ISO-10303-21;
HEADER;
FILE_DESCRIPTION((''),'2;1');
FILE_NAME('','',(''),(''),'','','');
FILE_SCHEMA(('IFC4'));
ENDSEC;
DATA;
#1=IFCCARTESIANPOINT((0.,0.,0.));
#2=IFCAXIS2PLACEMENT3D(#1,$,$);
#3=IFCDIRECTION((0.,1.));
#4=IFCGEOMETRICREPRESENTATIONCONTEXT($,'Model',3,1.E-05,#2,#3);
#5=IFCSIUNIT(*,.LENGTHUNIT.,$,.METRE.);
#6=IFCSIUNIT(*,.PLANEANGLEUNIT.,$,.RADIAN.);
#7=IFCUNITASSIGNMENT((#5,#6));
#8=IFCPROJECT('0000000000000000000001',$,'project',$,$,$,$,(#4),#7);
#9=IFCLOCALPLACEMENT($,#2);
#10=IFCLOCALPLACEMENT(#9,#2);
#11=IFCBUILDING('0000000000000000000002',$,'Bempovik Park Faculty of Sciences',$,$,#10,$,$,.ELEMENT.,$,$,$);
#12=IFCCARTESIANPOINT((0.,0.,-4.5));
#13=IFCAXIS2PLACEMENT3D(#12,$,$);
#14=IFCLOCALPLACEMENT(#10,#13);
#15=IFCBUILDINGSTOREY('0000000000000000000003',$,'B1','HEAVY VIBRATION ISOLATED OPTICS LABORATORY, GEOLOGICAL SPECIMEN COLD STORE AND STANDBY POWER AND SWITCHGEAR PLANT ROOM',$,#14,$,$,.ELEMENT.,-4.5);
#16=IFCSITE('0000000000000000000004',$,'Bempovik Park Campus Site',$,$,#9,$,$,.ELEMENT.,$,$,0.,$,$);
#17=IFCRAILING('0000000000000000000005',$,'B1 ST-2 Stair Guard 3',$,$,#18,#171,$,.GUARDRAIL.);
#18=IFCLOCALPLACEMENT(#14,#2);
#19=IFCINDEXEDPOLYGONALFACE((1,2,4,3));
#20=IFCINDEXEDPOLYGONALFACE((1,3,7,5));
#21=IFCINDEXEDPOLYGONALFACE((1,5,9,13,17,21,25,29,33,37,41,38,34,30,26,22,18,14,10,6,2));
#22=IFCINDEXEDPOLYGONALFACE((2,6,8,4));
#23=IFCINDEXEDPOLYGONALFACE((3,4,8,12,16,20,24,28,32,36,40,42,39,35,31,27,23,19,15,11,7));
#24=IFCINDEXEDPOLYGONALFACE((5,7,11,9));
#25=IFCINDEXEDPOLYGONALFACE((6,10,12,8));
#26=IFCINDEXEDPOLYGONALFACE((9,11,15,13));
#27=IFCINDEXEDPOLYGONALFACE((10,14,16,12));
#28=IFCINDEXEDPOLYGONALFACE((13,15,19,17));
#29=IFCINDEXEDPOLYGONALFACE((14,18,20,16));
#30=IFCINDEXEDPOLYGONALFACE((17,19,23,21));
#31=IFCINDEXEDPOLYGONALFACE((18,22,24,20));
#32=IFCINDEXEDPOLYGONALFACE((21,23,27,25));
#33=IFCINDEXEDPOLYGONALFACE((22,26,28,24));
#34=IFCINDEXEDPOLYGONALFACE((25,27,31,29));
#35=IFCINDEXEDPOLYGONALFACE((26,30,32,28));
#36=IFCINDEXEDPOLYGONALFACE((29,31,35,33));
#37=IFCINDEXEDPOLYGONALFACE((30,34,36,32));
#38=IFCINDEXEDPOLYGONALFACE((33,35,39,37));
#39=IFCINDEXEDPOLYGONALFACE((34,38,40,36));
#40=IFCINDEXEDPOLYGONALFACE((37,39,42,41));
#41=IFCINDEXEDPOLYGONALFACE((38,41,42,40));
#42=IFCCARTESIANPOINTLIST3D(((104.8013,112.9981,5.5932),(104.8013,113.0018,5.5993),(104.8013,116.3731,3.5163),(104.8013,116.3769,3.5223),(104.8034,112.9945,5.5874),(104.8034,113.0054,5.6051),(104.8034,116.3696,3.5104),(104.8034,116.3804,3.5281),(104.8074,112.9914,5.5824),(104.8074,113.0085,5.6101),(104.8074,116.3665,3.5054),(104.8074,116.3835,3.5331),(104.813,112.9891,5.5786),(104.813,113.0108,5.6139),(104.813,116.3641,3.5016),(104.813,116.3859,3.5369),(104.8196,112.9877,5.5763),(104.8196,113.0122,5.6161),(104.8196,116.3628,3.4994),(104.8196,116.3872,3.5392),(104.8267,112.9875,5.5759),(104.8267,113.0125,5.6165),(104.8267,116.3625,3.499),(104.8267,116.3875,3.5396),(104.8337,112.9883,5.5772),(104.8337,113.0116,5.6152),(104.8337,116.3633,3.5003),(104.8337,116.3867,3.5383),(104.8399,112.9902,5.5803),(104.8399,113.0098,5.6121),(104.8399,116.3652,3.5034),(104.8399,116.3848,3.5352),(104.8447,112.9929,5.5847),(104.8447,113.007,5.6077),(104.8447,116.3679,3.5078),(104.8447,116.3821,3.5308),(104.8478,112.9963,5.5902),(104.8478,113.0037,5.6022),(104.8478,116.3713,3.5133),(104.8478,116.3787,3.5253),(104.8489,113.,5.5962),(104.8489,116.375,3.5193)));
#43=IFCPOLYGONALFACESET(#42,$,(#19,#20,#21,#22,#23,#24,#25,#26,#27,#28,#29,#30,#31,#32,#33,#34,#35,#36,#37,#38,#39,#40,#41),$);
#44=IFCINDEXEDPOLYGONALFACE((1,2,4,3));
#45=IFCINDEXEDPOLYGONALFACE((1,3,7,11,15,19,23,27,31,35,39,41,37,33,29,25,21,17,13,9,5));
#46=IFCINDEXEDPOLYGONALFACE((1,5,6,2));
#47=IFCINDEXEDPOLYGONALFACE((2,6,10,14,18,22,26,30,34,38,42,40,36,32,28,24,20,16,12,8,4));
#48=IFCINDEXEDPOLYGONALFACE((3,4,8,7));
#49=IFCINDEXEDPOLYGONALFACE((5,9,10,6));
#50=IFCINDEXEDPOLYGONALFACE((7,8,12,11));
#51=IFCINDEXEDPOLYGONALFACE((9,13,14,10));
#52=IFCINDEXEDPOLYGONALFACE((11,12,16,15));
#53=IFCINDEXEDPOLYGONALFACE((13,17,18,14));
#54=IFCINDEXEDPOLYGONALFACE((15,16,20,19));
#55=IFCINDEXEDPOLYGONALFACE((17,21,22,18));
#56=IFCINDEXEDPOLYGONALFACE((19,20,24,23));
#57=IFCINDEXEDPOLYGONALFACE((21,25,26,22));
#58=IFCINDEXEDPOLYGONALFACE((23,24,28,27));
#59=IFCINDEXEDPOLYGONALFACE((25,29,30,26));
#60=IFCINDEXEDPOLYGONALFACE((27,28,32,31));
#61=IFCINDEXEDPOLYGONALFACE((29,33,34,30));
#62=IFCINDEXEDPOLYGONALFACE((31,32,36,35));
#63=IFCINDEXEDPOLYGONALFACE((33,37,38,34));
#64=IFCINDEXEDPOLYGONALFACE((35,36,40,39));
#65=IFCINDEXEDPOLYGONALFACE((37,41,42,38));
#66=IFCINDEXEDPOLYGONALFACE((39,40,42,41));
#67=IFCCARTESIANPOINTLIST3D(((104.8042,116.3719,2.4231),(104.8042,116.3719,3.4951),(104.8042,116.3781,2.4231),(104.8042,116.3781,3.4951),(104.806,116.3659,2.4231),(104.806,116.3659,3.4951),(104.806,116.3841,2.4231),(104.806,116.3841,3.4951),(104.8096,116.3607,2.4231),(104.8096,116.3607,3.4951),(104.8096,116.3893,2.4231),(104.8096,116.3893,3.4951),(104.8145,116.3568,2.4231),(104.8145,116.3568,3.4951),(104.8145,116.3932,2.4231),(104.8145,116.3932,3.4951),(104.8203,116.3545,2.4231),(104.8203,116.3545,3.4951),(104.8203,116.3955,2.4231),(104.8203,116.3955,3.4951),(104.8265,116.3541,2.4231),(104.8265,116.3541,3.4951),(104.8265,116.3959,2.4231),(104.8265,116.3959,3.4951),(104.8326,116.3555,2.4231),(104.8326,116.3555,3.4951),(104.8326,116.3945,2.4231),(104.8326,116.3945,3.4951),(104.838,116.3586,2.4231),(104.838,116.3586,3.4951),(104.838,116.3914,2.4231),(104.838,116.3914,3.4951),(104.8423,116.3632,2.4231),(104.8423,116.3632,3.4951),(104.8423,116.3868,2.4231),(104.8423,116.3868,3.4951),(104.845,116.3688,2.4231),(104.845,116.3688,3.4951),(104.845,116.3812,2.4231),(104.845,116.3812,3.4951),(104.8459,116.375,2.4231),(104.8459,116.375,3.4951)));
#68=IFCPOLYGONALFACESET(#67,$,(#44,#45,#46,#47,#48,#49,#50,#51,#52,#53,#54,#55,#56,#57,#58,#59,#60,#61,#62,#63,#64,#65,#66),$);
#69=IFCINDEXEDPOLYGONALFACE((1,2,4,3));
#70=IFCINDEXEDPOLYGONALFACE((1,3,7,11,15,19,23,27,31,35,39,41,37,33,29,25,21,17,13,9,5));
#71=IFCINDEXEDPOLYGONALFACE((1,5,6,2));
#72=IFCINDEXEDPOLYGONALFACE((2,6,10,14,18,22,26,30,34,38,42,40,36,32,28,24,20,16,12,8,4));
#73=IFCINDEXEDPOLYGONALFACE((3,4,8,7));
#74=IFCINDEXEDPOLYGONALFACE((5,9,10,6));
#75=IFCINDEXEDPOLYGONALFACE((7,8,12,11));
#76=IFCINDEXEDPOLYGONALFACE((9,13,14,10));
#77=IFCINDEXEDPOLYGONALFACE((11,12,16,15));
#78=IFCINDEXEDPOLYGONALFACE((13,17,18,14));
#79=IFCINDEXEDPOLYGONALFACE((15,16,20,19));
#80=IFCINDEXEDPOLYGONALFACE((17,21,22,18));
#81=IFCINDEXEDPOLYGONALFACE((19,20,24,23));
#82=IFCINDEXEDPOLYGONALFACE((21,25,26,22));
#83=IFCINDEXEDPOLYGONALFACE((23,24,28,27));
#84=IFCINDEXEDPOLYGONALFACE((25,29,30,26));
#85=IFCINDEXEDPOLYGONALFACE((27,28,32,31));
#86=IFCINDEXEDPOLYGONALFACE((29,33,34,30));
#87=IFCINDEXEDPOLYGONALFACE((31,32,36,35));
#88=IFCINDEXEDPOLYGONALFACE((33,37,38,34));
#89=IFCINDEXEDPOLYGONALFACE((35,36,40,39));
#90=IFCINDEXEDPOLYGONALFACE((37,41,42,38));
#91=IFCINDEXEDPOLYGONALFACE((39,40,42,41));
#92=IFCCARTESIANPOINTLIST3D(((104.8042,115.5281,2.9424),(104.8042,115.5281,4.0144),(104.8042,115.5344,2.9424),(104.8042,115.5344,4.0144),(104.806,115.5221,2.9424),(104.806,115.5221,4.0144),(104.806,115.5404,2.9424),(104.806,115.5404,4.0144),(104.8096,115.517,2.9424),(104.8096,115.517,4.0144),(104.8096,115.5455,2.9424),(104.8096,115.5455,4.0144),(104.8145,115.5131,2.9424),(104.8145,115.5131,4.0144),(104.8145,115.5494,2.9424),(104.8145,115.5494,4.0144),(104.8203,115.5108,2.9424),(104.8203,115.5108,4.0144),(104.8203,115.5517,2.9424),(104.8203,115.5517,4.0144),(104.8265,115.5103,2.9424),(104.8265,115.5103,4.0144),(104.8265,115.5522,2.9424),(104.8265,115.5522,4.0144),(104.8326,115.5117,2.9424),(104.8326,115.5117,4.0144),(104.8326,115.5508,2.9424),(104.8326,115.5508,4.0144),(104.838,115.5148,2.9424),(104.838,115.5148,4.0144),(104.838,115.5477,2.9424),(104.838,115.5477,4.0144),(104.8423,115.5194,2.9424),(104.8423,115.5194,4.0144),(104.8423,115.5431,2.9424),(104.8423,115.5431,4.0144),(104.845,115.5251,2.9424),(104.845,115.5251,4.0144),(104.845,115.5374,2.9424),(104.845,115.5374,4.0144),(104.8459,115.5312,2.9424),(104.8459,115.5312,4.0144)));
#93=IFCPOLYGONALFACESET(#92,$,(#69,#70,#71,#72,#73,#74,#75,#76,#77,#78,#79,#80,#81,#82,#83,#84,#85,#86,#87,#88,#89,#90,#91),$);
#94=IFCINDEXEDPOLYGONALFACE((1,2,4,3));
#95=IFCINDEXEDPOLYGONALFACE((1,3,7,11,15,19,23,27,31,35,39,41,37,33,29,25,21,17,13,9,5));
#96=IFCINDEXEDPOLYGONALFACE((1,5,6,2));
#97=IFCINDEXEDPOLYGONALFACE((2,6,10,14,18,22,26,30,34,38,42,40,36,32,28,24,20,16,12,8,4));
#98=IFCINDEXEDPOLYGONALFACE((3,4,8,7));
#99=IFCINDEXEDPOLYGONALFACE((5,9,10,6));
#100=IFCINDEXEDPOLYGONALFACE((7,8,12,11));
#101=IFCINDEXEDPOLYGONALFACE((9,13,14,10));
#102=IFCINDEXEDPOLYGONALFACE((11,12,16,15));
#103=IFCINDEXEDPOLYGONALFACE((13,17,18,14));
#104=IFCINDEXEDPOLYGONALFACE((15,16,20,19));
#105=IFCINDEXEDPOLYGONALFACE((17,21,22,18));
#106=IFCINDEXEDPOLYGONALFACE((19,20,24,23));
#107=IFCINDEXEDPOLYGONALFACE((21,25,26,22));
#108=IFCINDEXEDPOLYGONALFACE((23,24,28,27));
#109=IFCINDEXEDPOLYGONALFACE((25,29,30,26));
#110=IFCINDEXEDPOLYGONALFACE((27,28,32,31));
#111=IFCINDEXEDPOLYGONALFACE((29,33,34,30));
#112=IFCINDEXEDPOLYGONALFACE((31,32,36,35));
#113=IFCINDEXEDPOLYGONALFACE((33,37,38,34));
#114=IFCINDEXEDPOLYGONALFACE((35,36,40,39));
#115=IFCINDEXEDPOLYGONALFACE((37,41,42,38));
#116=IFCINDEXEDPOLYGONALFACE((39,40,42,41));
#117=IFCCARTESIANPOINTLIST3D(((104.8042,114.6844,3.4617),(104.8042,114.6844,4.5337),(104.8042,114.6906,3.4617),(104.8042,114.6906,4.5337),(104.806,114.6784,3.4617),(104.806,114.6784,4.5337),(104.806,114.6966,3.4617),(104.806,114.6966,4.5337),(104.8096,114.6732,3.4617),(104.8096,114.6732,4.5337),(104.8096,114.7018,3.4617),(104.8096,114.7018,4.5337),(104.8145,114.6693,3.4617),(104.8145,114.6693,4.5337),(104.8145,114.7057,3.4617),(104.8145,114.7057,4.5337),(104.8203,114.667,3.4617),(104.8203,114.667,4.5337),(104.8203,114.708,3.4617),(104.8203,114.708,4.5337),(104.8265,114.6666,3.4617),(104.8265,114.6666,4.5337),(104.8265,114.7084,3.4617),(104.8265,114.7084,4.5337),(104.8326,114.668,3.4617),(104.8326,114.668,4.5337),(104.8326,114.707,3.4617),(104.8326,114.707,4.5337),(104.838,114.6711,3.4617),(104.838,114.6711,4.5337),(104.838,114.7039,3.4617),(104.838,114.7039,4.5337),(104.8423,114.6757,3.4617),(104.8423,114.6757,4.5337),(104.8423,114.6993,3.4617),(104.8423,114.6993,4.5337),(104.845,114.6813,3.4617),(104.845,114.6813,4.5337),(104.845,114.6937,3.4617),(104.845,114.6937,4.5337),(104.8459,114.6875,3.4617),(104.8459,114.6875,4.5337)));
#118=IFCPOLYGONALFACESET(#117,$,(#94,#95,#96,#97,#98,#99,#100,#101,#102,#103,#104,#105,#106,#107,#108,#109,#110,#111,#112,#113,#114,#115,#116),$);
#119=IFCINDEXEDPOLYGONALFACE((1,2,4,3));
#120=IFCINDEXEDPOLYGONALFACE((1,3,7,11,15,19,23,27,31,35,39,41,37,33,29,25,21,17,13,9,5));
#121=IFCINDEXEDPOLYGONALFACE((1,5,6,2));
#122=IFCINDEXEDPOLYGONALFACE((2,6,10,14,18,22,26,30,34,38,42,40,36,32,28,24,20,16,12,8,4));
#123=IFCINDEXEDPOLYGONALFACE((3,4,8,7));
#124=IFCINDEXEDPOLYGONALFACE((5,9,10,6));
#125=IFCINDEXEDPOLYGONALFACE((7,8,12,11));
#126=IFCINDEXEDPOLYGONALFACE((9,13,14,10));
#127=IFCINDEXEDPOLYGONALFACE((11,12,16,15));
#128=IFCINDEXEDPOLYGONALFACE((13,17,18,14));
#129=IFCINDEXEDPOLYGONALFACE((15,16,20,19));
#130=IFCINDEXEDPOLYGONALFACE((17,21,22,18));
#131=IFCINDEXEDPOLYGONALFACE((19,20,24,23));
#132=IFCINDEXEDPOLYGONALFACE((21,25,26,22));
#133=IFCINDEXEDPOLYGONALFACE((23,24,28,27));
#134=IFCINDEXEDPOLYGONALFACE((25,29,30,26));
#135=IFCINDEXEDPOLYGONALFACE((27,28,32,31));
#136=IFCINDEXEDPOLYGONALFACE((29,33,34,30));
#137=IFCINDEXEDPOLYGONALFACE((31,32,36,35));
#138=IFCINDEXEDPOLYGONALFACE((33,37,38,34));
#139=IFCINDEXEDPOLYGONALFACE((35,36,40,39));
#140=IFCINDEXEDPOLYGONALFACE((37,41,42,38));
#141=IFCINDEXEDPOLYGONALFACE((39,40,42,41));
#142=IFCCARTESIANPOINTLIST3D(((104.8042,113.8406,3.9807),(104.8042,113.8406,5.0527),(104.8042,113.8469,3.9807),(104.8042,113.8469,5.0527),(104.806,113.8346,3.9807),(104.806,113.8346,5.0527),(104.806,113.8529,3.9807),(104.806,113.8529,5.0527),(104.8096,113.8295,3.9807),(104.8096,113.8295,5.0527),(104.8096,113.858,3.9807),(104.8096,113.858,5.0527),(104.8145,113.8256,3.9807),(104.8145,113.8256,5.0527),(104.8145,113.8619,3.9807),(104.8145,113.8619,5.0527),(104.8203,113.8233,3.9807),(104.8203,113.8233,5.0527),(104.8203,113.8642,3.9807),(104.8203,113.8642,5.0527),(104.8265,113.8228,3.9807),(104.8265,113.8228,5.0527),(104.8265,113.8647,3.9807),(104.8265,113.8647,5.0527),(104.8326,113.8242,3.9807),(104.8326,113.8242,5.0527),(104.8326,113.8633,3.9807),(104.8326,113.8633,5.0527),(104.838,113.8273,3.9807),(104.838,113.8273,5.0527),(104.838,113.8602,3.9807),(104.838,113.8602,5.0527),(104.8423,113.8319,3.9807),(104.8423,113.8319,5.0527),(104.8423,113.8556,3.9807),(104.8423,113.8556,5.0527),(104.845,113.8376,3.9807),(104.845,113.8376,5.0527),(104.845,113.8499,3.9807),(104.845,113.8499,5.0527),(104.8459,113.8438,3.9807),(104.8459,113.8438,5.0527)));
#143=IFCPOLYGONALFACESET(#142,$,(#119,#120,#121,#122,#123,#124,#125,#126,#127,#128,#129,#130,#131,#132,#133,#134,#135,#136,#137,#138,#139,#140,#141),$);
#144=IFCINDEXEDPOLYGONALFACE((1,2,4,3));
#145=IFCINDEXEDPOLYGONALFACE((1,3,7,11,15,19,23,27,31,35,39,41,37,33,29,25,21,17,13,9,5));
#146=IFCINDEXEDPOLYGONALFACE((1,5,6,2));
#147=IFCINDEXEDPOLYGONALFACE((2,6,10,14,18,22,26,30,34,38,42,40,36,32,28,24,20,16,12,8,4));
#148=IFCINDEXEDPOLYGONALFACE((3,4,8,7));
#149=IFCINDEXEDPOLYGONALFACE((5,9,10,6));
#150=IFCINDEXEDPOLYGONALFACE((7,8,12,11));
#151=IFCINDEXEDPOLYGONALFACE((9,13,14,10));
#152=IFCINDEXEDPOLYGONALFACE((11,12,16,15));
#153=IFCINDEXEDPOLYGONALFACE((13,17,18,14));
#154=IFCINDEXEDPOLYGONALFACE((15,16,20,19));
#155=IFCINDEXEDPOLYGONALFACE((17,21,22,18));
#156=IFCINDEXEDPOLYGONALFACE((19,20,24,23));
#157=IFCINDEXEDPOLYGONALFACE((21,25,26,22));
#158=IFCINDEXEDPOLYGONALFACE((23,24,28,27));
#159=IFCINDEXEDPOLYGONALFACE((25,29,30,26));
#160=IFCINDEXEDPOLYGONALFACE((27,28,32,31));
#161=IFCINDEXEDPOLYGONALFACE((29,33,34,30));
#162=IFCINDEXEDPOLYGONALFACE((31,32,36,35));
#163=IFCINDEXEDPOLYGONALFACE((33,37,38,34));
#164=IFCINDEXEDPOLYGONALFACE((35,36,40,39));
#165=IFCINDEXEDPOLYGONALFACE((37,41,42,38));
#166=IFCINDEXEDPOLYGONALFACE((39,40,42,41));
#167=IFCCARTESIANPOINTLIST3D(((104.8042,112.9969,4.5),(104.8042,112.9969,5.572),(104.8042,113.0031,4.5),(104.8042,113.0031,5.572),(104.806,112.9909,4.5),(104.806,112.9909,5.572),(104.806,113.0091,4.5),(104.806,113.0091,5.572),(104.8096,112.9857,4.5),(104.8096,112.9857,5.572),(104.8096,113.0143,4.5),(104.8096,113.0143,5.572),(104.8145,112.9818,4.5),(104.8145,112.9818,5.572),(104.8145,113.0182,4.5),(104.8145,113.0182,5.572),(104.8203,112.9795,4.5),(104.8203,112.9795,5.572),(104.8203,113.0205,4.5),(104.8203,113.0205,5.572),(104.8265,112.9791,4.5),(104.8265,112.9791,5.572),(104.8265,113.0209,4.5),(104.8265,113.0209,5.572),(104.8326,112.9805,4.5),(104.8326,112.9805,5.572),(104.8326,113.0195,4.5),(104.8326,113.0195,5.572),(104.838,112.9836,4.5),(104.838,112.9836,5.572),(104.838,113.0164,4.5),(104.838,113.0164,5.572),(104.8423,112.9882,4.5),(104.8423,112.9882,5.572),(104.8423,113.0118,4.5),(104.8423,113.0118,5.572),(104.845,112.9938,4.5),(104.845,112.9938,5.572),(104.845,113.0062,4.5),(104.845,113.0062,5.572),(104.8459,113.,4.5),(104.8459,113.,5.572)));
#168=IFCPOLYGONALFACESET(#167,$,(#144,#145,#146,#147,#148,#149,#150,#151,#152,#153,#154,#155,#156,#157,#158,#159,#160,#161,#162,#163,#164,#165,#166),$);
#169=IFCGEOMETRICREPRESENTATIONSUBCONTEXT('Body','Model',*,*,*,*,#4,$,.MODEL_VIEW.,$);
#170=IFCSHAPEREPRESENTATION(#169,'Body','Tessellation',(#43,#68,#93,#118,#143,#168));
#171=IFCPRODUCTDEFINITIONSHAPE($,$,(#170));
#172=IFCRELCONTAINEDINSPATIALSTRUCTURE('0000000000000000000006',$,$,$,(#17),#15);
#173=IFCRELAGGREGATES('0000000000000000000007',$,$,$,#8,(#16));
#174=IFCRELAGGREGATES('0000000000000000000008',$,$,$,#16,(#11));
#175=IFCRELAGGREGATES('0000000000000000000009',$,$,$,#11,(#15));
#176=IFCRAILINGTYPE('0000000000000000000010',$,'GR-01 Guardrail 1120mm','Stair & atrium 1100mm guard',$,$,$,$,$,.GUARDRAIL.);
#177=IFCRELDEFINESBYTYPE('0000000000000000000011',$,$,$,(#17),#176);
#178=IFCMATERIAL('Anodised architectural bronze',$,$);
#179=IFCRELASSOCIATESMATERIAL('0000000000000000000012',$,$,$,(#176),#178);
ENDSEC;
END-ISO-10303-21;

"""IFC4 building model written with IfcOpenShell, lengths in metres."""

from ifc_helpers import new_model, si_unit, direction, frame, origin, origin_2d, place, context, subcontext, project, spatial, circle, extrude, material, type_object, element, save


model = new_model("IFC4")

# Units and contexts
model_context = context("Model", 3, precision=1e-05, world=origin(), true_north=direction((0.0, 1.0)))
body_context = subcontext(model_context, "Body", "Model", "MODEL_VIEW")
ifc_project = project(units=[si_unit("LENGTHUNIT", "METRE"), si_unit("PLANEANGLEUNIT", "RADIAN")], contexts=[model_context])

# Site, building, storey
site_placement = place(None, origin())
site = spatial("IfcSite", under=ifc_project, at=site_placement, Name="Bempovik Park Campus Site", CompositionType="ELEMENT", RefElevation=0.0)
building_placement = place(site_placement, origin())
building = spatial("IfcBuilding", under=site, at=building_placement, Name="Bempovik Park Faculty of Sciences", CompositionType="ELEMENT")
storey_placement = place(building_placement, frame((0.0, 0.0, -4.5)))
storey = spatial("IfcBuildingStorey", under=building, at=storey_placement, Name="B1", Description="HEAVY VIBRATION ISOLATED OPTICS LABORATORY, GEOLOGICAL SPECIMEN COLD STORE AND STANDBY POWER AND SWITCHGEAR PLANT ROOM", CompositionType="ELEMENT", Elevation=-4.5)

# Railing
ifc_material_1 = material(Name="Anodised architectural bronze")
railing_type_1 = type_object("IfcRailingType", Name="GR-01 Guardrail 1120mm", Description="Stair & atrium 1100mm guard", PredefinedType="GUARDRAIL", material=ifc_material_1)
railing_1_placement = place(storey_placement, frame((104.825, 116.375, 2.4231)))
element("IfcRailing", 1, at=railing_1_placement, inside=storey, type_object=railing_type_1, Name="B1 ST-2 Stair Guard 3", PredefinedType="GUARDRAIL", context=body_context, shape_type="SweptSolid", body=[
    extrude(circle(Radius=0.0239, at=origin_2d()), frame((0.0, 0.0, 1.0962), z_axis=(0.0, -0.85166, 0.524094), x_axis=(1.0, 0.0, 0.0)), (0.0, 0.0, 1.0), 3.9629),
    extrude(circle(Radius=0.021, at=origin_2d()), origin(), (0.0, 0.0, 1.0), 1.072),
    extrude(circle(Radius=0.021, at=origin_2d()), frame((0.0, -0.8438, 0.5193)), (0.0, 0.0, 1.0), 1.072),
    extrude(circle(Radius=0.021, at=origin_2d()), frame((0.0, -1.6875, 1.0386)), (0.0, 0.0, 1.0), 1.072),
    extrude(circle(Radius=0.021, at=origin_2d()), frame((0.0, -2.5312, 1.5576)), (0.0, 0.0, 1.0), 1.072),
    extrude(circle(Radius=0.021, at=origin_2d()), frame((0.0, -3.375, 2.0769)), (0.0, 0.0, 1.0), 1.072),
])

save(model, "model.ifc")
